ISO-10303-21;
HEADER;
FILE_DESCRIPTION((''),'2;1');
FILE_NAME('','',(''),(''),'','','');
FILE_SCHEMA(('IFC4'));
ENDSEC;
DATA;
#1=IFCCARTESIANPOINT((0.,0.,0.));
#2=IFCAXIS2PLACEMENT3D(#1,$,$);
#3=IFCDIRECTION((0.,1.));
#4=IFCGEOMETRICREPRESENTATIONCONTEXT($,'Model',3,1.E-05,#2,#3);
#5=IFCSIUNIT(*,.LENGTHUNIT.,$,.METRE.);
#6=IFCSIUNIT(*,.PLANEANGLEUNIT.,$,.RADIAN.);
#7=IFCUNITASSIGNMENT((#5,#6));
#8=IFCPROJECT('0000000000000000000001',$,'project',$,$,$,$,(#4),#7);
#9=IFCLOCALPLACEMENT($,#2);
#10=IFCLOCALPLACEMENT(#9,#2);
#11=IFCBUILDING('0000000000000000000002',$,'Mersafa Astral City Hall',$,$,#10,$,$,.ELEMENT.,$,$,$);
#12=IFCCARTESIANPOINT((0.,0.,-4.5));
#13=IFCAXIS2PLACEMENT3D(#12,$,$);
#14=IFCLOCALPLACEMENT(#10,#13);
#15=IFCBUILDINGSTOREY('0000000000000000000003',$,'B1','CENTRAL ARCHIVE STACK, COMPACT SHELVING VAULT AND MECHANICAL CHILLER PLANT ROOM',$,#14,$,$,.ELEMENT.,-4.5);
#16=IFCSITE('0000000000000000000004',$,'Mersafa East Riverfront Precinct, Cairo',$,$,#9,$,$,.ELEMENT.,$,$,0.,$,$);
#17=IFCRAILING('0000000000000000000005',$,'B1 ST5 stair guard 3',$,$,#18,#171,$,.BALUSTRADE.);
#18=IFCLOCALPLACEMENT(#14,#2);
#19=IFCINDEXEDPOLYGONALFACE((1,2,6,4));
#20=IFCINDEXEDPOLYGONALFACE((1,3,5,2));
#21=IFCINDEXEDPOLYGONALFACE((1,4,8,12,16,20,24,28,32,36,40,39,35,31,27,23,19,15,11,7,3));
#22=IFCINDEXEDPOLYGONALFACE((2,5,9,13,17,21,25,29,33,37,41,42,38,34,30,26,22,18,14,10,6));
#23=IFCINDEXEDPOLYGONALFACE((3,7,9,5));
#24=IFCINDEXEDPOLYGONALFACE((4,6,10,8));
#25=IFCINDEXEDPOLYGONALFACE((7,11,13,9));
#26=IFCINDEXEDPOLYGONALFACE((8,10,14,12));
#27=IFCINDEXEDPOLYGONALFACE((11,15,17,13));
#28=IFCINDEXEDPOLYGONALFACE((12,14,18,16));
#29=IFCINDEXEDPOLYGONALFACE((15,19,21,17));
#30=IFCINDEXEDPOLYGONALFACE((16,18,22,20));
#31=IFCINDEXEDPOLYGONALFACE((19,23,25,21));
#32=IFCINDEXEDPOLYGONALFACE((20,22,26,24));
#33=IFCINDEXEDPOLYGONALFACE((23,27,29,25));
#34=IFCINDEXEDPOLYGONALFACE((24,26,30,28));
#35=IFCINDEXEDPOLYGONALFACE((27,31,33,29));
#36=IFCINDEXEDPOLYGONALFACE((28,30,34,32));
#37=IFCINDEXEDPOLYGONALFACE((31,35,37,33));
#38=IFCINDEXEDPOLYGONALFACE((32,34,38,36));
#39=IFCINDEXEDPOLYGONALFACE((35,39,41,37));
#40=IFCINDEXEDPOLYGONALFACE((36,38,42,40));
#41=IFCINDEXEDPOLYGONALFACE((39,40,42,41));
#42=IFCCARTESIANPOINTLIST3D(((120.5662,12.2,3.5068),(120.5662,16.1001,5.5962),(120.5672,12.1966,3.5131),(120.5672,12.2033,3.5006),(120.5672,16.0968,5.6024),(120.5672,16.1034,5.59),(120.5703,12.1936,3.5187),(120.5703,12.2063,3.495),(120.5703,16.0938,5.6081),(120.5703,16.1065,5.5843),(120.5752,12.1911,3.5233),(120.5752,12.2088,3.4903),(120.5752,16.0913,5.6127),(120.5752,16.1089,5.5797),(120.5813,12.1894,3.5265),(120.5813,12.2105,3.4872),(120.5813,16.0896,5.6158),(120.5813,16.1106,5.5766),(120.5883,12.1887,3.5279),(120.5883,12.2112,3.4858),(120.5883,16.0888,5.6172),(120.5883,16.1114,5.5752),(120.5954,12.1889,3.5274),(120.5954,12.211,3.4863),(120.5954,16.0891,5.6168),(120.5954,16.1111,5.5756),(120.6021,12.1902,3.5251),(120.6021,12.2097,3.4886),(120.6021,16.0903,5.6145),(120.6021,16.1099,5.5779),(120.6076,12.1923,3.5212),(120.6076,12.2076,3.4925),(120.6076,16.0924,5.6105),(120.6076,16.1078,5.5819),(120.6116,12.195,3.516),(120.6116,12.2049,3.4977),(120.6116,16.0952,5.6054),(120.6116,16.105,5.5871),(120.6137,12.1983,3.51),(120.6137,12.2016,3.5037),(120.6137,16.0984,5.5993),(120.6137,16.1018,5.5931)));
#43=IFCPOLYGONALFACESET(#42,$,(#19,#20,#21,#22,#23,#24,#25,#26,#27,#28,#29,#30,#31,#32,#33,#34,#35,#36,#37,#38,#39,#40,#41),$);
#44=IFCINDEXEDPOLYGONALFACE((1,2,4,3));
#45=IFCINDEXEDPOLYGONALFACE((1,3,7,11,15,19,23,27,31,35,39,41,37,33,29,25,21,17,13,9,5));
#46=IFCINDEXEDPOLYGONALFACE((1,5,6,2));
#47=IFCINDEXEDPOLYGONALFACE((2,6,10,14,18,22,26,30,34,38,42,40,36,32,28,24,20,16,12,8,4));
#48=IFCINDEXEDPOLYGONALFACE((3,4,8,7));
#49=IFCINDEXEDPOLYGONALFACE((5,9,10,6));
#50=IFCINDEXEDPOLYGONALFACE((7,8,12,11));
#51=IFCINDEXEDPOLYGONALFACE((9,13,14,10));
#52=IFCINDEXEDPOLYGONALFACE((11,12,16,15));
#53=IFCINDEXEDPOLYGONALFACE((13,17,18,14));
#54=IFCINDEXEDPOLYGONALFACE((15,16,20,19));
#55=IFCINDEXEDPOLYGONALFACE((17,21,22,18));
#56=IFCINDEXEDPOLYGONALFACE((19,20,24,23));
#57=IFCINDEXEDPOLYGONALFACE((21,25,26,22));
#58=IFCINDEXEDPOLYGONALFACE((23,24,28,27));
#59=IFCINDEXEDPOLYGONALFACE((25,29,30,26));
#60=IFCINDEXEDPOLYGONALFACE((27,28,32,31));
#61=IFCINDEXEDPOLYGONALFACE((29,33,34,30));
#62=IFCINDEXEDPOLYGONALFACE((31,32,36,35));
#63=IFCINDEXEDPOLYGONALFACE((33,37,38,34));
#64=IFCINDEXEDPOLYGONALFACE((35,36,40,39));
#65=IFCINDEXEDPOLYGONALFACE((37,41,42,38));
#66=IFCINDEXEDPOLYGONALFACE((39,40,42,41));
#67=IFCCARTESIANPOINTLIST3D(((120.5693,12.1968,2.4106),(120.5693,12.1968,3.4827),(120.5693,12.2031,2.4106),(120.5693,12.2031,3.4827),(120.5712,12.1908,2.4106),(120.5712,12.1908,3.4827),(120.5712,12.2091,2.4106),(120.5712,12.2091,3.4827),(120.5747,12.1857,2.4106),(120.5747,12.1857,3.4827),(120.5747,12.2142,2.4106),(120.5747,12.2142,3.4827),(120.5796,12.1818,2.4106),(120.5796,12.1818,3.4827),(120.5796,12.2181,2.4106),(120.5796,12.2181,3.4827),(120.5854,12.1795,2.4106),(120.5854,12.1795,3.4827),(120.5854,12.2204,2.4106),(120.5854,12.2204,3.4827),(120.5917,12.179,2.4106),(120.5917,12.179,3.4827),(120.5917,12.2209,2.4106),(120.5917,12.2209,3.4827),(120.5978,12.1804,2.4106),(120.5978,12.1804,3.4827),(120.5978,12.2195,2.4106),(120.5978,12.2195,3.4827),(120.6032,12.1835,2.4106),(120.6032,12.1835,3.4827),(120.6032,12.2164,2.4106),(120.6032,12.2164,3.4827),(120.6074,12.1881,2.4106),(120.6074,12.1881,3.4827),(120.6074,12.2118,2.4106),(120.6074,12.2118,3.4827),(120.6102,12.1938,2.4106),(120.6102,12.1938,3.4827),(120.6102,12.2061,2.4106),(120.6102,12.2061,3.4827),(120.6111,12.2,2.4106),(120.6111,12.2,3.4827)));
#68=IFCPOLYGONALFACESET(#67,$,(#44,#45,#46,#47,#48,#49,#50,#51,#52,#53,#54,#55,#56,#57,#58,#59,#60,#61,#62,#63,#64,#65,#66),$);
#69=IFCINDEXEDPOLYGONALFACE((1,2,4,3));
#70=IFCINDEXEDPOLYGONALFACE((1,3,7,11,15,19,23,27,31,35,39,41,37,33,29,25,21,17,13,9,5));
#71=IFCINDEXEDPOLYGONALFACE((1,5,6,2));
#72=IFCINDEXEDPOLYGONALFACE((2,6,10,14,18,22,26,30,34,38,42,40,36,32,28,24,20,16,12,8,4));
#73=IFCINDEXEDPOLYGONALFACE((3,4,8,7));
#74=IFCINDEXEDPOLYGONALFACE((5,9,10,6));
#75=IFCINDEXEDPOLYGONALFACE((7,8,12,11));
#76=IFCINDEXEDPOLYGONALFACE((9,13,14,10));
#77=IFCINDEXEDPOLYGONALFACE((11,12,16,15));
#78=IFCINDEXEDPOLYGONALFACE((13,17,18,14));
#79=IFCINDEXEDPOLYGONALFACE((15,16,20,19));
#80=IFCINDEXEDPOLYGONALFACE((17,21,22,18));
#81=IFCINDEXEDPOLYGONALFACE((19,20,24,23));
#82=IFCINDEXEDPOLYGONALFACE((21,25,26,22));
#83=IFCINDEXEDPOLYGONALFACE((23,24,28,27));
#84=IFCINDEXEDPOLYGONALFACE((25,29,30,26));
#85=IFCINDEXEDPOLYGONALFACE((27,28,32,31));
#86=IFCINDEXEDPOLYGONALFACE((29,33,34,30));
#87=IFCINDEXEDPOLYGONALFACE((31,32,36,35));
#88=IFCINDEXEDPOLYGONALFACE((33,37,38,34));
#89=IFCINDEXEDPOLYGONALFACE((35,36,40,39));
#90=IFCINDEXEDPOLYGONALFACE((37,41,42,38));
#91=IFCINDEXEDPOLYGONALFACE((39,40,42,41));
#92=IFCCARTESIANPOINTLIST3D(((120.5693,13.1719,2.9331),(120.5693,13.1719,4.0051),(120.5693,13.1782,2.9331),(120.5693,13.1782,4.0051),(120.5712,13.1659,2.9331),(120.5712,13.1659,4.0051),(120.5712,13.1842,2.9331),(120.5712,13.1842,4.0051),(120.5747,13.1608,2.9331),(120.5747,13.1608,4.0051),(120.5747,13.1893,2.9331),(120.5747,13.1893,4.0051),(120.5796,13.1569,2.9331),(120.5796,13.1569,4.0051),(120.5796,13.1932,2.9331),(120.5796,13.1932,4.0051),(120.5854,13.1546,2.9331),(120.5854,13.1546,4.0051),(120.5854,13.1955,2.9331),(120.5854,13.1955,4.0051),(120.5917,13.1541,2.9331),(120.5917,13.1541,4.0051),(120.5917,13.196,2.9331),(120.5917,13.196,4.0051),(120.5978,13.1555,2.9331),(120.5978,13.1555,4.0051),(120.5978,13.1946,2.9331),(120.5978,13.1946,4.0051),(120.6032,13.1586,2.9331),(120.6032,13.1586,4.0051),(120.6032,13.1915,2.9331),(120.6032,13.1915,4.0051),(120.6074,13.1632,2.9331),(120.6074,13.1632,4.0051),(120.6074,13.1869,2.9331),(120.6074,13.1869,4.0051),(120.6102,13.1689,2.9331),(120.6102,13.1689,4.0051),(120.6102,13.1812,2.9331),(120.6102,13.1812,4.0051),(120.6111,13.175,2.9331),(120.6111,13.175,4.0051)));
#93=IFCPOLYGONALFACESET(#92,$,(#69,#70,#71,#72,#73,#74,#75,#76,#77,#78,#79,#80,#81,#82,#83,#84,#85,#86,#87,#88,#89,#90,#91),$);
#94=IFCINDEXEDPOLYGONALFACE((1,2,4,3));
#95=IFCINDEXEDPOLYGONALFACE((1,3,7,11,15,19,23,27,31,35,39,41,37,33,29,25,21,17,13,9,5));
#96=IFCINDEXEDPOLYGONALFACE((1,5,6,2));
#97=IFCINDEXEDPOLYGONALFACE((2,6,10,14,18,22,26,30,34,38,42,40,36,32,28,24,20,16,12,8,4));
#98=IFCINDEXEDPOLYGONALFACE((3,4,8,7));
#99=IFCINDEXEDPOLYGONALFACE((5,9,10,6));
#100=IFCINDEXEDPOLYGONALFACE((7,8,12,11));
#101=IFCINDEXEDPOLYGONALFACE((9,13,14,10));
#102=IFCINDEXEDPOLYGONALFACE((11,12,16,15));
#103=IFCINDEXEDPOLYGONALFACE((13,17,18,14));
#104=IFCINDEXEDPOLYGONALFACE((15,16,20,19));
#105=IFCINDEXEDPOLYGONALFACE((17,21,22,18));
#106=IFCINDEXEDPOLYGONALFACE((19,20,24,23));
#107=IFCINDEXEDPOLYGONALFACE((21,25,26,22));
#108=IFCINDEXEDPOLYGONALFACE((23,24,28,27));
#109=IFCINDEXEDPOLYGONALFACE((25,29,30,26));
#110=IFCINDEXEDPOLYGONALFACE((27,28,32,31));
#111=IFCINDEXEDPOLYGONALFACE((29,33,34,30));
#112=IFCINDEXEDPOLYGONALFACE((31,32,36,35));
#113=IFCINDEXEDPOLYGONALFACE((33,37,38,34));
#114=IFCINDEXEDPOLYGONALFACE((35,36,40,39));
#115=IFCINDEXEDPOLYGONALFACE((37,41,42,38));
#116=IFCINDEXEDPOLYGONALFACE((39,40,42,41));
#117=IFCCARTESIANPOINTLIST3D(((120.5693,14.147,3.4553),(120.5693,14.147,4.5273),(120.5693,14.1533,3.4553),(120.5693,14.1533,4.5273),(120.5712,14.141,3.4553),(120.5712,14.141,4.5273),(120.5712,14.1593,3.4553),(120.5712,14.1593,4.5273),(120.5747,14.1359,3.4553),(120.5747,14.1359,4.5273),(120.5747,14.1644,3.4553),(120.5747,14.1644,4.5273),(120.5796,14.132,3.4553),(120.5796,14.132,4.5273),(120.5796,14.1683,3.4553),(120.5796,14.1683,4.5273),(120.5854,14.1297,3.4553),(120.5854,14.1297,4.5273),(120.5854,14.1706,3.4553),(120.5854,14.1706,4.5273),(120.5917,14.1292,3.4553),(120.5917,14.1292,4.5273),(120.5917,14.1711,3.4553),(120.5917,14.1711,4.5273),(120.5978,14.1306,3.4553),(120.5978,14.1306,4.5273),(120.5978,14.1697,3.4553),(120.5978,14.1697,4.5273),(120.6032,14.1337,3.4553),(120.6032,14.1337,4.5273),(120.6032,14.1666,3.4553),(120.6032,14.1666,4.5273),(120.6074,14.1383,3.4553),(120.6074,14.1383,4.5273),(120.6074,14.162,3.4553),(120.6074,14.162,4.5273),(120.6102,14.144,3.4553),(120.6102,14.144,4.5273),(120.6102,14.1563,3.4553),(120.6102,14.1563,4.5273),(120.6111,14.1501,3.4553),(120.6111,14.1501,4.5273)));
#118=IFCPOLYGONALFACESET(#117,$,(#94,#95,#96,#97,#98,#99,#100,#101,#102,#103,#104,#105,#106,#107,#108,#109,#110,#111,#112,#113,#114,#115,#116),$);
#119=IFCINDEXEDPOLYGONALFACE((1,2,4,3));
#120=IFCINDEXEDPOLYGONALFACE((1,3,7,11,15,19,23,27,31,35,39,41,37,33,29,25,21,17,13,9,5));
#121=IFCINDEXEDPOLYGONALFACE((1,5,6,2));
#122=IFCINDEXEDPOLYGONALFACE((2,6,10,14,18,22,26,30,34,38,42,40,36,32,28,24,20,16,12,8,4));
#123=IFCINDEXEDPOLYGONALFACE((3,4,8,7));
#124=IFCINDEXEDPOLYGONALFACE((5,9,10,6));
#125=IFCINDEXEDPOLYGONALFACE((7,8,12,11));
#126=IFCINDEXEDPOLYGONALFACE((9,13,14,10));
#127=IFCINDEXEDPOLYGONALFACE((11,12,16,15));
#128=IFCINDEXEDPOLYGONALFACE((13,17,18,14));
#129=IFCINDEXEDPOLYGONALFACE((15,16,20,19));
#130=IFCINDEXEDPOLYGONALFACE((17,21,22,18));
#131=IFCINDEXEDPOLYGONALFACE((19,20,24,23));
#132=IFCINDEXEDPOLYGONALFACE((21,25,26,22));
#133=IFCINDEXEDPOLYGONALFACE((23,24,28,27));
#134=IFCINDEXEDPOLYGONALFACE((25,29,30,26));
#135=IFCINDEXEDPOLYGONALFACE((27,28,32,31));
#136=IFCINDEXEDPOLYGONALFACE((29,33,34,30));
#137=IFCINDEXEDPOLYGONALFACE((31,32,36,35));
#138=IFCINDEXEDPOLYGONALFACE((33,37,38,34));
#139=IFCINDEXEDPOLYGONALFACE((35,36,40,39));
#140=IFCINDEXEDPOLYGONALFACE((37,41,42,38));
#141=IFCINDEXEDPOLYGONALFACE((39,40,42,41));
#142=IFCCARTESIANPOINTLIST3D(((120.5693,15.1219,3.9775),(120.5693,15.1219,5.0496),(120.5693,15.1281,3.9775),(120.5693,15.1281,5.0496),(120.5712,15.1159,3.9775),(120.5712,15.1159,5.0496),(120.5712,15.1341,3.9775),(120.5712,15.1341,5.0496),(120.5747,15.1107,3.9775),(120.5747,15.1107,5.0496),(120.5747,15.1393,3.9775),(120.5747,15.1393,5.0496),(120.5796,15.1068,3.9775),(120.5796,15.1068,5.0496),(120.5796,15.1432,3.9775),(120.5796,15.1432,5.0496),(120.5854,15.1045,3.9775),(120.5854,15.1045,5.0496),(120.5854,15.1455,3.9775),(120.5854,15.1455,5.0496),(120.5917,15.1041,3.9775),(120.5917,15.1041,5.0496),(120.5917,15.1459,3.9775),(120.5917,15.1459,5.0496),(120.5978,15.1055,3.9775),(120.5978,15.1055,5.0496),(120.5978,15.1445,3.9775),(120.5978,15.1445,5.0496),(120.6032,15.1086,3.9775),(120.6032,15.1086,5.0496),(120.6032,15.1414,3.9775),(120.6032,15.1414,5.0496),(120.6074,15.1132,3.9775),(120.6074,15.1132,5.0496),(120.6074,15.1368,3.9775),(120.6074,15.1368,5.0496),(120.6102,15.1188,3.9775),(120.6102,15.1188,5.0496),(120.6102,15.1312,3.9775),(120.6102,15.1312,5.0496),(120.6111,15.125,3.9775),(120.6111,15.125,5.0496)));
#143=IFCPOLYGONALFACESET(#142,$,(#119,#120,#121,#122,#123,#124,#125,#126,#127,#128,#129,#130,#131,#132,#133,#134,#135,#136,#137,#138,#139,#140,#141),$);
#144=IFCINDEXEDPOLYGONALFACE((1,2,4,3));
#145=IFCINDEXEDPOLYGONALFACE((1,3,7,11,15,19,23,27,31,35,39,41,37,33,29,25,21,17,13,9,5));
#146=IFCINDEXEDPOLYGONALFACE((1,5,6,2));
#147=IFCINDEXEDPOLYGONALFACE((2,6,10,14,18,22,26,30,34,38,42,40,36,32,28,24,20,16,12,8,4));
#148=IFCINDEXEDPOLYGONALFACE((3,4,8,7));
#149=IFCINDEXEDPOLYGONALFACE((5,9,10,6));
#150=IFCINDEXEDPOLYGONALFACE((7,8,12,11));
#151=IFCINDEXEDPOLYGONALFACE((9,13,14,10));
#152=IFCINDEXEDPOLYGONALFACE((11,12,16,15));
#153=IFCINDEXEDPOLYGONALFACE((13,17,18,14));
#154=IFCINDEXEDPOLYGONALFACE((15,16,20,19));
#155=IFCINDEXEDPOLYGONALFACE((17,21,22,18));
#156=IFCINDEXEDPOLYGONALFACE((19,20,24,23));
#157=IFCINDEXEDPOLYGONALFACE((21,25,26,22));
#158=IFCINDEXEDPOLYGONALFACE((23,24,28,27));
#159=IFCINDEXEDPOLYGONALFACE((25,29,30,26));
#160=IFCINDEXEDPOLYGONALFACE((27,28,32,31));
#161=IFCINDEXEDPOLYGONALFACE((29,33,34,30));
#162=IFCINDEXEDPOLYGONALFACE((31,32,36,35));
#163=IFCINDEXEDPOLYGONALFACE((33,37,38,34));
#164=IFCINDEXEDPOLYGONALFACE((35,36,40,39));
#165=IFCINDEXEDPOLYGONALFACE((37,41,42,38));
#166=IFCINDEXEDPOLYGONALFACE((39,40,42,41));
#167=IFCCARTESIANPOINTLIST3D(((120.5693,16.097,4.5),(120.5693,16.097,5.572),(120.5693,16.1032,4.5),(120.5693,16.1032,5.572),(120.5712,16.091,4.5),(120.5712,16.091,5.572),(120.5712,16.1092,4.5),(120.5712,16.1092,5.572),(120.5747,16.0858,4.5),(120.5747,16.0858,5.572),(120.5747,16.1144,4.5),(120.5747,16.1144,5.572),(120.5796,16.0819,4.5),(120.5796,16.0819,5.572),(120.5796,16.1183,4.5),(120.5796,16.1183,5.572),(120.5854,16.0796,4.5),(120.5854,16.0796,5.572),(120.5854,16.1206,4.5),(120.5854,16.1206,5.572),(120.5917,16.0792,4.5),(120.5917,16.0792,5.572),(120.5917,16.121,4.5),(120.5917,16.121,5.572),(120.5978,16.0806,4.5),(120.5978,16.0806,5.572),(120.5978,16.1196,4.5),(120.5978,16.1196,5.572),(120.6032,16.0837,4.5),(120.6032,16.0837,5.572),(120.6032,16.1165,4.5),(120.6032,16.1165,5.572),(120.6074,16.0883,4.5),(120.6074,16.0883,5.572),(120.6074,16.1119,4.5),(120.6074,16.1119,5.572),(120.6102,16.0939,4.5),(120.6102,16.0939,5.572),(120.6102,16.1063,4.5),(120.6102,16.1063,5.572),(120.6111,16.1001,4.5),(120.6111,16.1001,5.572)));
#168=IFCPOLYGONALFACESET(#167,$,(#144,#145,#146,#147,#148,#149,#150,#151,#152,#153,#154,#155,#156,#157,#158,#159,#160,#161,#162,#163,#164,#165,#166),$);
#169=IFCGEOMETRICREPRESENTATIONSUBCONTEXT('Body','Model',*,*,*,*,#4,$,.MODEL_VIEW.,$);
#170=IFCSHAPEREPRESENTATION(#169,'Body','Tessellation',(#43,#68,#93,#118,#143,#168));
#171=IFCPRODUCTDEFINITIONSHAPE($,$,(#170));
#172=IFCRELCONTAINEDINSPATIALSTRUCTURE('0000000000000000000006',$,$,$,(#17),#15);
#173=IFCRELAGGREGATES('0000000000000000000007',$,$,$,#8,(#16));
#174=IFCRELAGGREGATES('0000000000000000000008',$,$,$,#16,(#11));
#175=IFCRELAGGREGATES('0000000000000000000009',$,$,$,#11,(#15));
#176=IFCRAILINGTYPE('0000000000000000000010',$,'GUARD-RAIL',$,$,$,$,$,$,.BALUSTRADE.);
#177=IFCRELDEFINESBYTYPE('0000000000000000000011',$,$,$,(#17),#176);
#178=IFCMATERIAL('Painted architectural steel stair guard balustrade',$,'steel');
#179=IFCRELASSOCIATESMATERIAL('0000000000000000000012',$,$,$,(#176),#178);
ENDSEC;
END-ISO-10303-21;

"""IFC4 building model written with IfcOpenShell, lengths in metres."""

from ifc_helpers import new_model, si_unit, direction, frame, origin, origin_2d, place, context, subcontext, project, spatial, circle, extrude, material, type_object, element, save


model = new_model("IFC4")

# Units and contexts
model_context = context("Model", 3, precision=1e-05, world=origin(), true_north=direction((0.0, 1.0)))
body_context = subcontext(model_context, "Body", "Model", "MODEL_VIEW")
ifc_project = project(units=[si_unit("LENGTHUNIT", "METRE"), si_unit("PLANEANGLEUNIT", "RADIAN")], contexts=[model_context])

# Site, building, storey
site_placement = place(None, origin())
site = spatial("IfcSite", under=ifc_project, at=site_placement, Name="Mersafa East Riverfront Precinct, Cairo", CompositionType="ELEMENT", RefElevation=0.0)
building_placement = place(site_placement, origin())
building = spatial("IfcBuilding", under=site, at=building_placement, Name="Mersafa Astral City Hall", CompositionType="ELEMENT")
storey_placement = place(building_placement, frame((0.0, 0.0, -4.5)))
storey = spatial("IfcBuildingStorey", under=building, at=storey_placement, Name="B1", Description="CENTRAL ARCHIVE STACK, COMPACT SHELVING VAULT AND MECHANICAL CHILLER PLANT ROOM", CompositionType="ELEMENT", Elevation=-4.5)

# Railing
ifc_material_1 = material(Name="Painted architectural steel stair guard balustrade", Category="steel")
railing_type_1 = type_object("IfcRailingType", Name="GUARD-RAIL", PredefinedType="BALUSTRADE", material=ifc_material_1)
railing_1_placement = place(storey_placement, frame((120.5901, 12.2, 2.4106)))
element("IfcRailing", 1, at=railing_1_placement, inside=storey, type_object=railing_type_1, Name="B1 ST5 stair guard 3", PredefinedType="BALUSTRADE", context=body_context, shape_type="SweptSolid", body=[
    extrude(circle(Radius=0.0239, at=origin_2d()), frame((0.0, 0.0, 1.0962), z_axis=(0.0, 0.881481, 0.47222), x_axis=(-1.0, 0.0, 0.0)), (0.0, 0.0, 1.0), 4.4246),
    extrude(circle(Radius=0.021, at=origin_2d()), origin(), (0.0, 0.0, 1.0), 1.072),
    extrude(circle(Radius=0.021, at=origin_2d()), frame((0.0, 0.9751, 0.5225)), (0.0, 0.0, 1.0), 1.072),
    extrude(circle(Radius=0.021, at=origin_2d()), frame((0.0, 1.9502, 1.0447)), (0.0, 0.0, 1.0), 1.072),
    extrude(circle(Radius=0.021, at=origin_2d()), frame((0.0, 2.925, 1.5669)), (0.0, 0.0, 1.0), 1.072),
    extrude(circle(Radius=0.021, at=origin_2d()), frame((0.0, 3.9001, 2.0894)), (0.0, 0.0, 1.0), 1.072),
])

save(model, "model.ifc")
